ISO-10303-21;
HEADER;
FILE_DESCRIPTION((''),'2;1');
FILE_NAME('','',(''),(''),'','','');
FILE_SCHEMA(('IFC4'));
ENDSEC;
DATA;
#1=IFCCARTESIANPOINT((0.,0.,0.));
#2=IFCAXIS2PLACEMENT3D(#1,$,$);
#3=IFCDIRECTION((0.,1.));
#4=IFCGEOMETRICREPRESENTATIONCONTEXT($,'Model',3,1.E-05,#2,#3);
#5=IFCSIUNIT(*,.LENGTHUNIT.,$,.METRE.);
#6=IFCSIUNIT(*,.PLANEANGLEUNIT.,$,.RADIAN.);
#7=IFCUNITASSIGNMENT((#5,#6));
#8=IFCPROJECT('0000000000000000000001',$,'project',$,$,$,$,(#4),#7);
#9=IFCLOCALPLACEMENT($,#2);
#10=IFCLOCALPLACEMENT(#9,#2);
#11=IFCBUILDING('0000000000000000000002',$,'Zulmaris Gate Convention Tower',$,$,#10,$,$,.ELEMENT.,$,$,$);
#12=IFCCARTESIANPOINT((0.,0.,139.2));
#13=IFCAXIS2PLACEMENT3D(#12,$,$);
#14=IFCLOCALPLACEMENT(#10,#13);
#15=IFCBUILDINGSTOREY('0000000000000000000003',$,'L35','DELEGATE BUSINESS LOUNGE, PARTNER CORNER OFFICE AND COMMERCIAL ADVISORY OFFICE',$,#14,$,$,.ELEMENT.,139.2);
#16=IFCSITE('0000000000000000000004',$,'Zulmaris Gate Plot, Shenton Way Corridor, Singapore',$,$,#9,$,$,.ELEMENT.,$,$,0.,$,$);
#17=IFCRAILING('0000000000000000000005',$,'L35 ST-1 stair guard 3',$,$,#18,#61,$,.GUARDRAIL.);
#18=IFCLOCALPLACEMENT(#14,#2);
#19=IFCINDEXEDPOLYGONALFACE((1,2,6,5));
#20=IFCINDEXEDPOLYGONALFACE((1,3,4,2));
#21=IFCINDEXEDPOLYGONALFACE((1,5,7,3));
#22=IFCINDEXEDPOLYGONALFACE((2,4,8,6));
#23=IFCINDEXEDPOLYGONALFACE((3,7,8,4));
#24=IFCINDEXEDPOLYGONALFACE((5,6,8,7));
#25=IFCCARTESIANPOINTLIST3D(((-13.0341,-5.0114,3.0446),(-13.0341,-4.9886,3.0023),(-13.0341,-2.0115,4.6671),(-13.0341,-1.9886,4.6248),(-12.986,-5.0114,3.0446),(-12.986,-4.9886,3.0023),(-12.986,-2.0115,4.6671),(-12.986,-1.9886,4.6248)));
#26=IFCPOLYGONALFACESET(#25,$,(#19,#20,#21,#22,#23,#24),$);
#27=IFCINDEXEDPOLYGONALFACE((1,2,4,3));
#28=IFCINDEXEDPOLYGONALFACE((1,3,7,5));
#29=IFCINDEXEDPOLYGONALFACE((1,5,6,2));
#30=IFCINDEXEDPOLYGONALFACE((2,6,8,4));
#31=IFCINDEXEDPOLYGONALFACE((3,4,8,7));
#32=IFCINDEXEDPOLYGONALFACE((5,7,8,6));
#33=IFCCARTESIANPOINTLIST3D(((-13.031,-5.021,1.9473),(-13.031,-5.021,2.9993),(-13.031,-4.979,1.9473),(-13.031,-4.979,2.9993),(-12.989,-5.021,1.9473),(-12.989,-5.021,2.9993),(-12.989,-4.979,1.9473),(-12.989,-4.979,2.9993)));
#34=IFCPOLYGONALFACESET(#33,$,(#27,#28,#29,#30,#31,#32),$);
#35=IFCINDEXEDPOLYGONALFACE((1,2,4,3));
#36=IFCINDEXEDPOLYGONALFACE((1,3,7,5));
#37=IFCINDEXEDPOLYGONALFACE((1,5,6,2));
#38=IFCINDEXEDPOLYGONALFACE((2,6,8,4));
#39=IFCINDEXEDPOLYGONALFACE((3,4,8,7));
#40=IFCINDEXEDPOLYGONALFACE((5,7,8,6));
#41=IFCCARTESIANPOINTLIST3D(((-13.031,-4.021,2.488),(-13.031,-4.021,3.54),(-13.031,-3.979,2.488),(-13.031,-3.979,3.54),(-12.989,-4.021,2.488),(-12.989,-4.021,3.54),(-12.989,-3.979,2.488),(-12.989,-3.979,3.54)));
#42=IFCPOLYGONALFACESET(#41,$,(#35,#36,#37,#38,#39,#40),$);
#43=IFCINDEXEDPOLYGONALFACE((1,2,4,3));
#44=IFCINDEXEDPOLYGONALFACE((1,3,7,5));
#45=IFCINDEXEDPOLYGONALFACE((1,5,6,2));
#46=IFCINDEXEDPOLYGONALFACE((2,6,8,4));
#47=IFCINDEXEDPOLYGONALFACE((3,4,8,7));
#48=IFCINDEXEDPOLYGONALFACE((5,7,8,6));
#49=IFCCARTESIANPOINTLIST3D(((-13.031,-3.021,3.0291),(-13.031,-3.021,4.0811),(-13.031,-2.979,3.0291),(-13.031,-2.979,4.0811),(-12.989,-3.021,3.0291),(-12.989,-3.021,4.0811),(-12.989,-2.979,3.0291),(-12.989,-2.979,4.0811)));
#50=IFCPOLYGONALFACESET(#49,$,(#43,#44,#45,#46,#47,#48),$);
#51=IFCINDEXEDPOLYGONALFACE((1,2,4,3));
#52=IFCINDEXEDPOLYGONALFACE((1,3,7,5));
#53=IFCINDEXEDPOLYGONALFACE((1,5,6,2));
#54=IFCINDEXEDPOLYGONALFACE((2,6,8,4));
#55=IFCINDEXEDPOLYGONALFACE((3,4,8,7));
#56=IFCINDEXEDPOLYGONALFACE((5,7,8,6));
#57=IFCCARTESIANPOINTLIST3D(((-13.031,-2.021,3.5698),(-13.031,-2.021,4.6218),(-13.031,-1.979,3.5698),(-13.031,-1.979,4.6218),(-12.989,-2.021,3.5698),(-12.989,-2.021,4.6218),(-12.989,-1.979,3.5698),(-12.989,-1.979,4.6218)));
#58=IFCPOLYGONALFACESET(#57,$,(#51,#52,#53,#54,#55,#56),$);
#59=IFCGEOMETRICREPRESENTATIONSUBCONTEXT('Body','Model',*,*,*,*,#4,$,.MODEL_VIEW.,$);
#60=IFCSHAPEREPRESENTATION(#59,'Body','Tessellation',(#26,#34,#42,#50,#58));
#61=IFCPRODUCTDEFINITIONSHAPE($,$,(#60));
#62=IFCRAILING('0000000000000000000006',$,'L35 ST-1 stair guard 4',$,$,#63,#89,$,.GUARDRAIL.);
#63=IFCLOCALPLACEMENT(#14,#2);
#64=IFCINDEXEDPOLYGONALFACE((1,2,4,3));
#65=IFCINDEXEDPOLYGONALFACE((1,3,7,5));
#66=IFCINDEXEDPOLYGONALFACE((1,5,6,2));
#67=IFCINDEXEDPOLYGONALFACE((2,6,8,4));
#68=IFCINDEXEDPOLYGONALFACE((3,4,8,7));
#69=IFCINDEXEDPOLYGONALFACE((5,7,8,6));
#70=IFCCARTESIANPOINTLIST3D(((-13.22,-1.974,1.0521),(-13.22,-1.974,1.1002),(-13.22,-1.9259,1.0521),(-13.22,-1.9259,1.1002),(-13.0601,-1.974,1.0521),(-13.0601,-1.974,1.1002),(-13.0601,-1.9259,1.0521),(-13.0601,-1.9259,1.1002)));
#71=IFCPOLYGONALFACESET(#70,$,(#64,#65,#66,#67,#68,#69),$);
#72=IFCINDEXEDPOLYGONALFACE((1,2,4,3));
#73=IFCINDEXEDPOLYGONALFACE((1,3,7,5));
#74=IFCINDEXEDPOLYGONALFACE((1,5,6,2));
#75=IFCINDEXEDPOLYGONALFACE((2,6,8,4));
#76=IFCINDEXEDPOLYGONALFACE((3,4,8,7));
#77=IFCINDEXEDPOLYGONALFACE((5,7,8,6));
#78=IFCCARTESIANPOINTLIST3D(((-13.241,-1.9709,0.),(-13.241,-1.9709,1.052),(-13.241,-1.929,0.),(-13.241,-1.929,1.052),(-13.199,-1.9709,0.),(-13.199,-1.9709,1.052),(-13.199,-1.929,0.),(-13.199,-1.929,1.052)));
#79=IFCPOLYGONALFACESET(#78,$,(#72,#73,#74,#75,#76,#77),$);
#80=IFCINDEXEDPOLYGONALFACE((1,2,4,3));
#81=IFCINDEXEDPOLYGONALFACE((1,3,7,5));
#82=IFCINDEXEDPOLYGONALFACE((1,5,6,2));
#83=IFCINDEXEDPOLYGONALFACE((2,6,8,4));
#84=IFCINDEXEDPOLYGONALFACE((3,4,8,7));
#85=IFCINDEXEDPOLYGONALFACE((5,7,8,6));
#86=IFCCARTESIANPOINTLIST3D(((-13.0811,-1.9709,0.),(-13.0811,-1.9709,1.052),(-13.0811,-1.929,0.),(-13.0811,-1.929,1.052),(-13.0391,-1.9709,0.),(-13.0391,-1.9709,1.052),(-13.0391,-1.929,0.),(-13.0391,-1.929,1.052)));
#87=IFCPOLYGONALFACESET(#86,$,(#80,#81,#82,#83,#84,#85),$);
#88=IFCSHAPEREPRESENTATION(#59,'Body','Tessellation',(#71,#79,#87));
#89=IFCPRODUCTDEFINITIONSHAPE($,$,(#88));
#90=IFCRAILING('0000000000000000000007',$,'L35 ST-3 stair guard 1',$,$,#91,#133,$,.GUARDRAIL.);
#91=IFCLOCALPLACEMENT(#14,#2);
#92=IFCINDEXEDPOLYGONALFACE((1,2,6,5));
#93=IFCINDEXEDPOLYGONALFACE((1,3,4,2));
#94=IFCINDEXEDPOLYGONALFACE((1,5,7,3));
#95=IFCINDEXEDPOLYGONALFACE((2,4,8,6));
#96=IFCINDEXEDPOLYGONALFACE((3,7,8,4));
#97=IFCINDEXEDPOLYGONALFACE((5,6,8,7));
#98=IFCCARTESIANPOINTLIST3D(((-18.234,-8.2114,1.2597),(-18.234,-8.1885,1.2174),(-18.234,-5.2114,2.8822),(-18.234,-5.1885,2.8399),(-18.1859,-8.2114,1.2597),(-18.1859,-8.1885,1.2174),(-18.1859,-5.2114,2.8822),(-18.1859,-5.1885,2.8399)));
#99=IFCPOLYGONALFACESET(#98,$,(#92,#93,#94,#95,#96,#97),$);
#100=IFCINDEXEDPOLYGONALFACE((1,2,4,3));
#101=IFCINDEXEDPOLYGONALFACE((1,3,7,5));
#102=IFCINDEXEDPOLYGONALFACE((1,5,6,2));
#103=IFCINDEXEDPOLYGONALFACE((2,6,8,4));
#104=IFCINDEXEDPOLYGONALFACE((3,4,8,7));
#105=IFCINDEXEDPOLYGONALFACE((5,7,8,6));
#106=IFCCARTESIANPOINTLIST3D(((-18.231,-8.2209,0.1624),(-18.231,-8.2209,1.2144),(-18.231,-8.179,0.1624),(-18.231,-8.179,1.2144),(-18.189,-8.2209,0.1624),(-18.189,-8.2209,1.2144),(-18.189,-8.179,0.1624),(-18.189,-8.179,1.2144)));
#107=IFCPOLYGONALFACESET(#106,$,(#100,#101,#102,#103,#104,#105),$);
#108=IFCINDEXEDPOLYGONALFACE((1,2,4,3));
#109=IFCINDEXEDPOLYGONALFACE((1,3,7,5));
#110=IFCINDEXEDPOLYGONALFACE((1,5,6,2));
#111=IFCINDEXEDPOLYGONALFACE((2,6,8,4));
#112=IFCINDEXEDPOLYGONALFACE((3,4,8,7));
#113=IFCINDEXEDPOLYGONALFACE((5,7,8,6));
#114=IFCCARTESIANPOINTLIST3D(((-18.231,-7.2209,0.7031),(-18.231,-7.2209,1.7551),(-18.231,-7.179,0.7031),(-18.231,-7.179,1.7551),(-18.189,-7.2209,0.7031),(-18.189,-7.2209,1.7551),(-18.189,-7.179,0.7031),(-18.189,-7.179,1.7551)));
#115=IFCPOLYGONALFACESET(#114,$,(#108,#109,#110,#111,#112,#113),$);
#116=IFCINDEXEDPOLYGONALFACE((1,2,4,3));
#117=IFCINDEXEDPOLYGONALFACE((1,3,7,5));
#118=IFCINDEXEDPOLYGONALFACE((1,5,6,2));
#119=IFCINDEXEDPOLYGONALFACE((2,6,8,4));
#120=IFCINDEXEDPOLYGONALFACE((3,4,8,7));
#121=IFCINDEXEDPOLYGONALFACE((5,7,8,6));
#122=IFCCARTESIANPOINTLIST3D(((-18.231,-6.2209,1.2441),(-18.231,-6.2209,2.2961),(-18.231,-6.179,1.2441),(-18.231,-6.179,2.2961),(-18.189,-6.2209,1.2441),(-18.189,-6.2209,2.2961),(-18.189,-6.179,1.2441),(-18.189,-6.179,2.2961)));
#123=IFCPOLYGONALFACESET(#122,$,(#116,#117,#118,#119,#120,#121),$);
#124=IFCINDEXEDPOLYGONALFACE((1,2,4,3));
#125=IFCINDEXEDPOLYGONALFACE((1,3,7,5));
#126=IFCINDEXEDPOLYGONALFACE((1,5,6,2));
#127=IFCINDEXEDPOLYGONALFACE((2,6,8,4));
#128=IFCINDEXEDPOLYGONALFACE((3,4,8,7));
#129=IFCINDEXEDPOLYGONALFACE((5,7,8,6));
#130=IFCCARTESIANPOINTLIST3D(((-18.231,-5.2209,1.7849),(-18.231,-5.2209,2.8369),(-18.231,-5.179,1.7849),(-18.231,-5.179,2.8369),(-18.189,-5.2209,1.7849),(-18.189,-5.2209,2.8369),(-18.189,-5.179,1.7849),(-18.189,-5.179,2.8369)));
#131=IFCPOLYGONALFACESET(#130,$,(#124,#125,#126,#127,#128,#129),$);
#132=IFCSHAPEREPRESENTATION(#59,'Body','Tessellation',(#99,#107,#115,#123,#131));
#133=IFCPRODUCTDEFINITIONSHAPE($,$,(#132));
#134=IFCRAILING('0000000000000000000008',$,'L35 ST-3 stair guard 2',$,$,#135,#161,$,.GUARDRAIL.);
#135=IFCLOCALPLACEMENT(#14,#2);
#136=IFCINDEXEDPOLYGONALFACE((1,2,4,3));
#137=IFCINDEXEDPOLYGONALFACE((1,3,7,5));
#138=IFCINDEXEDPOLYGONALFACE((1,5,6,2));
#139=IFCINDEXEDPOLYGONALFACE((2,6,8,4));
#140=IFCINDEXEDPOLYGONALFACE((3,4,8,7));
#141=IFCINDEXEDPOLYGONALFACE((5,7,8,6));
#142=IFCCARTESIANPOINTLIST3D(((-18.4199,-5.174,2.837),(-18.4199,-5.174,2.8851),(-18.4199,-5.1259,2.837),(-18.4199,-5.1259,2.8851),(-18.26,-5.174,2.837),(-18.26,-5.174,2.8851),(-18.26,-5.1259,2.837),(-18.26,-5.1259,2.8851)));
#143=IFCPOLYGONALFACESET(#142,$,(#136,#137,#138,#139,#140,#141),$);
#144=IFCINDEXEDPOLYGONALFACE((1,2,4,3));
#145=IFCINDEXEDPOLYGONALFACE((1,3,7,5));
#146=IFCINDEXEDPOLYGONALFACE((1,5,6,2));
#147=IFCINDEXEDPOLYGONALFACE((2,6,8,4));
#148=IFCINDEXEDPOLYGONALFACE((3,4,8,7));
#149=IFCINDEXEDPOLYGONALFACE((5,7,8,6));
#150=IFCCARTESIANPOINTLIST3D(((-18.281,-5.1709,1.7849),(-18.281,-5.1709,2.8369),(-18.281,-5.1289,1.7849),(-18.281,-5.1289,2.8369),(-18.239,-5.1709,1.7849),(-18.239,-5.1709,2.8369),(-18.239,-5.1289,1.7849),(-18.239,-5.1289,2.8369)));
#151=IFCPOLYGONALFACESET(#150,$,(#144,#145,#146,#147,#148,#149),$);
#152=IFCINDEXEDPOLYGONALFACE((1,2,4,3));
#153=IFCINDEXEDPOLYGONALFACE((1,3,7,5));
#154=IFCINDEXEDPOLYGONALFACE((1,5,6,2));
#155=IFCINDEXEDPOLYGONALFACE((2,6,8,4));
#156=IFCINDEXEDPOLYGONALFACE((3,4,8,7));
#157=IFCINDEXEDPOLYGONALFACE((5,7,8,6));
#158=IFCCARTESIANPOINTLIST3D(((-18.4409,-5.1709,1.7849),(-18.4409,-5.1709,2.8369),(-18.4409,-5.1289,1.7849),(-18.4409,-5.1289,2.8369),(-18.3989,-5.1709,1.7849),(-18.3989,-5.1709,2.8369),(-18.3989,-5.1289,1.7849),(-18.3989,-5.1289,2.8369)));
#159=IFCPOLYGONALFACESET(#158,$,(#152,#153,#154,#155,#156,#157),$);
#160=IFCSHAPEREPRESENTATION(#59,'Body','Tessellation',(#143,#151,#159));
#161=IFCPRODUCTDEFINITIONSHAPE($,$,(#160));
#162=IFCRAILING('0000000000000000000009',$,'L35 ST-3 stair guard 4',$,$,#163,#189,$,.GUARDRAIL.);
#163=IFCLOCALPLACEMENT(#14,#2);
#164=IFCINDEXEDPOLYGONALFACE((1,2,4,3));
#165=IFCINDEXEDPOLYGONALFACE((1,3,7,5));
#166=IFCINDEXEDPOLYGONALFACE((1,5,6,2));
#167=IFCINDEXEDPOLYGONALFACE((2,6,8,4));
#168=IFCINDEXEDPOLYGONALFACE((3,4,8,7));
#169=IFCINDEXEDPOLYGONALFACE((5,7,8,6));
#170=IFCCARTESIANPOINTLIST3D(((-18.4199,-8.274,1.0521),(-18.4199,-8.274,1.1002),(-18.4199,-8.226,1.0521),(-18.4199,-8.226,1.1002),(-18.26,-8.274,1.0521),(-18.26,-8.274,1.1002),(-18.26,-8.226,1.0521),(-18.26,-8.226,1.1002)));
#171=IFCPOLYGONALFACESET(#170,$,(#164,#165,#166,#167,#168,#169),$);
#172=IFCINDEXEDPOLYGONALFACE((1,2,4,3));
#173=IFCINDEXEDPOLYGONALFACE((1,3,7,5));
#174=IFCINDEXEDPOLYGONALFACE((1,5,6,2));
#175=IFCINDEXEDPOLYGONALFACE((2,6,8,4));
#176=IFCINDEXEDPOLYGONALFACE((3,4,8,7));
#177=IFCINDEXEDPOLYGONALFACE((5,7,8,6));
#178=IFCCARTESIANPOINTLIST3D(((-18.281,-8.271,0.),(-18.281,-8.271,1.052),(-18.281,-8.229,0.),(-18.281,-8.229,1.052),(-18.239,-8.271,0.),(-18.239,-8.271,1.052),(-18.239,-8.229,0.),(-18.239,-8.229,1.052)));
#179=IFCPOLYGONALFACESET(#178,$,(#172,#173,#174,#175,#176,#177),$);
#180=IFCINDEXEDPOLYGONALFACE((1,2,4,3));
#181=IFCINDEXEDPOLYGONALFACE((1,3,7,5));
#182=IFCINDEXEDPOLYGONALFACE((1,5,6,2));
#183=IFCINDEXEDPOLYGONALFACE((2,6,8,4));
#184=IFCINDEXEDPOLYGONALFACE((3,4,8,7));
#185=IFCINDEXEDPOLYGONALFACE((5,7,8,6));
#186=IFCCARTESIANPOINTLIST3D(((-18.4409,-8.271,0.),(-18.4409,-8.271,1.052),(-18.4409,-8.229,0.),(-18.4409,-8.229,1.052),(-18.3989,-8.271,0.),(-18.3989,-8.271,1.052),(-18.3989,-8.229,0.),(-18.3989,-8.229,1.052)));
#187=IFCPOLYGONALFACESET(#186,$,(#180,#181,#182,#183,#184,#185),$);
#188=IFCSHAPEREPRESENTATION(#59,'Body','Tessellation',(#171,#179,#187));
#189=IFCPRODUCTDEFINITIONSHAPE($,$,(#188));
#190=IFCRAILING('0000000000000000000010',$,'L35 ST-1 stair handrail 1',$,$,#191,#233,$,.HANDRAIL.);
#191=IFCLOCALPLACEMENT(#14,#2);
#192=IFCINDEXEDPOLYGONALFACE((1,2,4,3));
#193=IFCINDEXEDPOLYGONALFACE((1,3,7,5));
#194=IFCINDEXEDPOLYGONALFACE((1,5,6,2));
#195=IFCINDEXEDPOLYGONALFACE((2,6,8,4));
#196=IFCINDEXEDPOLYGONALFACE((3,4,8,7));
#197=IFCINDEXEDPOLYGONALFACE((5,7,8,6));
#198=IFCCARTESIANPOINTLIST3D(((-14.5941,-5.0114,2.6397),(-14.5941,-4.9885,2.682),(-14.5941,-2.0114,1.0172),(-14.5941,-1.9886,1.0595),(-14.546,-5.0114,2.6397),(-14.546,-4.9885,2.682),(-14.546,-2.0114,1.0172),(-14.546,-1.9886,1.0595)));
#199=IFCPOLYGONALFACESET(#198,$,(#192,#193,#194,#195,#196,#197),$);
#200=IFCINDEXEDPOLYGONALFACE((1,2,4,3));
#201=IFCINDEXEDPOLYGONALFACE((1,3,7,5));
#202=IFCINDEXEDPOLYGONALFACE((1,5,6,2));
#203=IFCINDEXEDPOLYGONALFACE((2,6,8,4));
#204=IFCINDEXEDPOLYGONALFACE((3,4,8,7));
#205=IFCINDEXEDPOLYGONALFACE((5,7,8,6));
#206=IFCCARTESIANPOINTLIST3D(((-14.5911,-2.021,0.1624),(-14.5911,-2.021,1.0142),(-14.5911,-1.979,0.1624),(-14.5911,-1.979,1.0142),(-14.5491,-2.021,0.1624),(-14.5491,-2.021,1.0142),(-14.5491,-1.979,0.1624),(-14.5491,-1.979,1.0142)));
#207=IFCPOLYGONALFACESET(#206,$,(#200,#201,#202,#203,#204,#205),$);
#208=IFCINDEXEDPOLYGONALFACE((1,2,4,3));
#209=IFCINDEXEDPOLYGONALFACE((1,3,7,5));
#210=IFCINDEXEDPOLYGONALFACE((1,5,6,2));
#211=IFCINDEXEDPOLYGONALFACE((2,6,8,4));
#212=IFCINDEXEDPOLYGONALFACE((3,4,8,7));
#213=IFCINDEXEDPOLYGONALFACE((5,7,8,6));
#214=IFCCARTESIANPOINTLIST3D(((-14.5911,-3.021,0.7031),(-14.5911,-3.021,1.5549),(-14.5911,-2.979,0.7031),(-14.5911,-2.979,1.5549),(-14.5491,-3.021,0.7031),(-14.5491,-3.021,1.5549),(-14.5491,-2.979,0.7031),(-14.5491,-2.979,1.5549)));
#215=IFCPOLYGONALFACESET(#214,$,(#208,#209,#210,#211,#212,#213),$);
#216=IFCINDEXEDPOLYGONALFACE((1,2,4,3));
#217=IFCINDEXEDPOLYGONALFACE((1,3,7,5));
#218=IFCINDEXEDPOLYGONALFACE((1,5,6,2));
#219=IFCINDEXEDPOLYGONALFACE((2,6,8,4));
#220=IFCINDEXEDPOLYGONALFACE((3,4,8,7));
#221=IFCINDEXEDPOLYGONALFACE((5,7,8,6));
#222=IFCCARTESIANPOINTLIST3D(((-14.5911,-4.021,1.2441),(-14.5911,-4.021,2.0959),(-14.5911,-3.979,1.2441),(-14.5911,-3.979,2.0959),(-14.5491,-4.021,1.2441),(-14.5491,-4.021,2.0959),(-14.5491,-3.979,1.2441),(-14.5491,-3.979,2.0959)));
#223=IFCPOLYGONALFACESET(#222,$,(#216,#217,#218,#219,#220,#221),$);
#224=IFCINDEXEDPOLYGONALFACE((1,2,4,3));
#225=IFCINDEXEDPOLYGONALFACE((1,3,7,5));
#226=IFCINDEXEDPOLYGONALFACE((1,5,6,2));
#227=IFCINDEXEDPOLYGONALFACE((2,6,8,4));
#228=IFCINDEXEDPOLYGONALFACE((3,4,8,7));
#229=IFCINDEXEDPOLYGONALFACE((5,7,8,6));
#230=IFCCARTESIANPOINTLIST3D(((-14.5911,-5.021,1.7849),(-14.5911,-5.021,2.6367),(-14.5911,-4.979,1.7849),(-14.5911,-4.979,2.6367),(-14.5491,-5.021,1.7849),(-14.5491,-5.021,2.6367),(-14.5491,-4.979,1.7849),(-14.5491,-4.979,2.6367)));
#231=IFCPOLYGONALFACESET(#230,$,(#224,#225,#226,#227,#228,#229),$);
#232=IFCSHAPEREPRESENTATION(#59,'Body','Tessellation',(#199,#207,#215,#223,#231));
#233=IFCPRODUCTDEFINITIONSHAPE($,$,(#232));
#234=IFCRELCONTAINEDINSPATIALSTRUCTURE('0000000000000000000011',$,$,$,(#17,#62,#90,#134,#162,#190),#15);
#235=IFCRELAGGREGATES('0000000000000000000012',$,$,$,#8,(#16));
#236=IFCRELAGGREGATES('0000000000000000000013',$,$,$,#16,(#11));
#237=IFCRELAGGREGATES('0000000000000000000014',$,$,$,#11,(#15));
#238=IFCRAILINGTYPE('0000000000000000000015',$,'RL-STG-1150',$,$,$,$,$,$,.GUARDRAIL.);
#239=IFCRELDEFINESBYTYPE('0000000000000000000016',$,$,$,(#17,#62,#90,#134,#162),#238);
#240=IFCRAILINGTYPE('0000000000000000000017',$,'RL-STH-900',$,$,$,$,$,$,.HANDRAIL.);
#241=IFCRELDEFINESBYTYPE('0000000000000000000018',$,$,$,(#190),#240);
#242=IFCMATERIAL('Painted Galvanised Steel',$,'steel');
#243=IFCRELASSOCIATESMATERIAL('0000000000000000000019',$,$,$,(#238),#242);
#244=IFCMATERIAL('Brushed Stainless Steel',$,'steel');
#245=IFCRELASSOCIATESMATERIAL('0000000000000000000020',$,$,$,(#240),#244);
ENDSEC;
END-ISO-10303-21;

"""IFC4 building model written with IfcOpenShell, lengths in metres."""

from ifc_helpers import new_model, si_unit, direction, frame, origin, origin_2d, place, context, subcontext, project, spatial, rectangle, extrude, material, type_object, element, save


model = new_model("IFC4")

# Units and contexts
model_context = context("Model", 3, precision=1e-05, world=origin(), true_north=direction((0.0, 1.0)))
body_context = subcontext(model_context, "Body", "Model", "MODEL_VIEW")
ifc_project = project(units=[si_unit("LENGTHUNIT", "METRE"), si_unit("PLANEANGLEUNIT", "RADIAN")], contexts=[model_context])

# Site, building, storey
site_placement = place(None, origin())
site = spatial("IfcSite", under=ifc_project, at=site_placement, Name="Zulmaris Gate Plot, Shenton Way Corridor, Singapore", CompositionType="ELEMENT", RefElevation=0.0)
building_placement = place(site_placement, origin())
building = spatial("IfcBuilding", under=site, at=building_placement, Name="Zulmaris Gate Convention Tower", CompositionType="ELEMENT")
storey_placement = place(building_placement, frame((0.0, 0.0, 139.2)))
storey = spatial("IfcBuildingStorey", under=building, at=storey_placement, Name="L35", Description="DELEGATE BUSINESS LOUNGE, PARTNER CORNER OFFICE AND COMMERCIAL ADVISORY OFFICE", CompositionType="ELEMENT", Elevation=139.2)

# Railings
ifc_material_1 = material(Name="Painted Galvanised Steel", Category="steel")
railing_type_1 = type_object("IfcRailingType", Name="RL-STG-1150", PredefinedType="GUARDRAIL", material=ifc_material_1)
railing_1_placement = place(storey_placement, frame((-13.01, -5.0, 1.9473)))
element("IfcRailing", 1, at=railing_1_placement, inside=storey, type_object=railing_type_1, Name="L35 ST-1 stair guard 3", PredefinedType="GUARDRAIL", context=body_context, shape_type="SweptSolid", body=[
    extrude(rectangle(XDim=0.0481, YDim=0.0481, at=origin_2d()), frame((0.0, 0.0, 1.0762), z_axis=(0.0, 0.879592, 0.47573), x_axis=(-1.0, 0.0, 0.0)), (0.0, 0.0, 1.0), 3.4106),
    extrude(rectangle(XDim=0.042, YDim=0.042, at=origin_2d()), origin(), (0.0, 0.0, 1.0), 1.052),
    extrude(rectangle(XDim=0.042, YDim=0.042, at=origin_2d()), frame((0.0, 1.0, 0.5408)), (0.0, 0.0, 1.0), 1.052),
    extrude(rectangle(XDim=0.042, YDim=0.042, at=origin_2d()), frame((0.0, 2.0, 1.0818)), (0.0, 0.0, 1.0), 1.052),
    extrude(rectangle(XDim=0.042, YDim=0.042, at=origin_2d()), frame((0.0, 3.0, 1.6226)), (0.0, 0.0, 1.0), 1.052),
])
railing_2_placement = place(storey_placement, frame((-13.22, -1.95, 0.0)))
element("IfcRailing", 2, at=railing_2_placement, inside=storey, type_object=railing_type_1, Name="L35 ST-1 stair guard 4", PredefinedType="GUARDRAIL", context=body_context, shape_type="SweptSolid", body=[
    extrude(rectangle(XDim=0.0481, YDim=0.0481, at=origin_2d()), frame((0.0, 0.0, 1.0762), z_axis=(1.0, 0.0, 0.0), x_axis=(0.0, 1.0, 0.0)), (0.0, 0.0, 1.0), 0.1599),
    extrude(rectangle(XDim=0.042, YDim=0.042, at=origin_2d()), origin(), (0.0, 0.0, 1.0), 1.052),
    extrude(rectangle(XDim=0.042, YDim=0.042, at=origin_2d()), frame((0.1599, 0.0, 0.0)), (0.0, 0.0, 1.0), 1.052),
])
railing_3_placement = place(storey_placement, frame((-18.21, -8.2, 0.1624)))
element("IfcRailing", 3, at=railing_3_placement, inside=storey, type_object=railing_type_1, Name="L35 ST-3 stair guard 1", PredefinedType="GUARDRAIL", context=body_context, shape_type="SweptSolid", body=[
    extrude(rectangle(XDim=0.0481, YDim=0.0481, at=origin_2d()), frame((0.0, 0.0, 1.0762), z_axis=(0.0, 0.879592, 0.47573), x_axis=(-1.0, 0.0, 0.0)), (0.0, 0.0, 1.0), 3.4106),
    extrude(rectangle(XDim=0.042, YDim=0.042, at=origin_2d()), origin(), (0.0, 0.0, 1.0), 1.052),
    extrude(rectangle(XDim=0.042, YDim=0.042, at=origin_2d()), frame((0.0, 1.0, 0.5408)), (0.0, 0.0, 1.0), 1.052),
    extrude(rectangle(XDim=0.042, YDim=0.042, at=origin_2d()), frame((0.0, 2.0, 1.0818)), (0.0, 0.0, 1.0), 1.052),
    extrude(rectangle(XDim=0.042, YDim=0.042, at=origin_2d()), frame((0.0, 3.0, 1.6226)), (0.0, 0.0, 1.0), 1.052),
])
for number, where, name in (
    (4, (-18.26, -5.1499, 1.7849), "L35 ST-3 stair guard 2"),
    (5, (-18.26, -8.25, 0.0), "L35 ST-3 stair guard 4"),
):
    element("IfcRailing", number, at=place(storey_placement, frame(where)), inside=storey, type_object=railing_type_1, Name=name, PredefinedType="GUARDRAIL", context=body_context, shape_type="SweptSolid", body=[
        extrude(rectangle(XDim=0.0481, YDim=0.0481, at=origin_2d()), frame((0.0, 0.0, 1.0762), z_axis=(-1.0, 0.0, 0.0), x_axis=(0.0, -1.0, 0.0)), (0.0, 0.0, 1.0), 0.1599),
        extrude(rectangle(XDim=0.042, YDim=0.042, at=origin_2d()), origin(), (0.0, 0.0, 1.0), 1.052),
        extrude(rectangle(XDim=0.042, YDim=0.042, at=origin_2d()), frame((-0.1599, 0.0, 0.0)), (0.0, 0.0, 1.0), 1.052),
    ])
ifc_material_2 = material(Name="Brushed Stainless Steel", Category="steel")
railing_type_2 = type_object("IfcRailingType", Name="RL-STH-900", PredefinedType="HANDRAIL", material=ifc_material_2)
railing_4_placement = place(storey_placement, frame((-14.5701, -2.0, 0.1624)))
element("IfcRailing", 6, at=railing_4_placement, inside=storey, type_object=railing_type_2, Name="L35 ST-1 stair handrail 1", PredefinedType="HANDRAIL", context=body_context, shape_type="SweptSolid", body=[
    extrude(rectangle(XDim=0.0481, YDim=0.0481, at=origin_2d()), frame((0.0, 0.0, 0.876), z_axis=(0.0, -0.879592, 0.47573), x_axis=(1.0, 0.0, 0.0)), (0.0, 0.0, 1.0), 3.4106),
    extrude(rectangle(XDim=0.042, YDim=0.042, at=origin_2d()), origin(), (0.0, 0.0, 1.0), 0.8518),
    extrude(rectangle(XDim=0.042, YDim=0.042, at=origin_2d()), frame((0.0, -1.0, 0.5408)), (0.0, 0.0, 1.0), 0.8518),
    extrude(rectangle(XDim=0.042, YDim=0.042, at=origin_2d()), frame((0.0, -2.0, 1.0818)), (0.0, 0.0, 1.0), 0.8518),
    extrude(rectangle(XDim=0.042, YDim=0.042, at=origin_2d()), frame((0.0, -3.0, 1.6226)), (0.0, 0.0, 1.0), 0.8518),
])

save(model, "model.ifc")
